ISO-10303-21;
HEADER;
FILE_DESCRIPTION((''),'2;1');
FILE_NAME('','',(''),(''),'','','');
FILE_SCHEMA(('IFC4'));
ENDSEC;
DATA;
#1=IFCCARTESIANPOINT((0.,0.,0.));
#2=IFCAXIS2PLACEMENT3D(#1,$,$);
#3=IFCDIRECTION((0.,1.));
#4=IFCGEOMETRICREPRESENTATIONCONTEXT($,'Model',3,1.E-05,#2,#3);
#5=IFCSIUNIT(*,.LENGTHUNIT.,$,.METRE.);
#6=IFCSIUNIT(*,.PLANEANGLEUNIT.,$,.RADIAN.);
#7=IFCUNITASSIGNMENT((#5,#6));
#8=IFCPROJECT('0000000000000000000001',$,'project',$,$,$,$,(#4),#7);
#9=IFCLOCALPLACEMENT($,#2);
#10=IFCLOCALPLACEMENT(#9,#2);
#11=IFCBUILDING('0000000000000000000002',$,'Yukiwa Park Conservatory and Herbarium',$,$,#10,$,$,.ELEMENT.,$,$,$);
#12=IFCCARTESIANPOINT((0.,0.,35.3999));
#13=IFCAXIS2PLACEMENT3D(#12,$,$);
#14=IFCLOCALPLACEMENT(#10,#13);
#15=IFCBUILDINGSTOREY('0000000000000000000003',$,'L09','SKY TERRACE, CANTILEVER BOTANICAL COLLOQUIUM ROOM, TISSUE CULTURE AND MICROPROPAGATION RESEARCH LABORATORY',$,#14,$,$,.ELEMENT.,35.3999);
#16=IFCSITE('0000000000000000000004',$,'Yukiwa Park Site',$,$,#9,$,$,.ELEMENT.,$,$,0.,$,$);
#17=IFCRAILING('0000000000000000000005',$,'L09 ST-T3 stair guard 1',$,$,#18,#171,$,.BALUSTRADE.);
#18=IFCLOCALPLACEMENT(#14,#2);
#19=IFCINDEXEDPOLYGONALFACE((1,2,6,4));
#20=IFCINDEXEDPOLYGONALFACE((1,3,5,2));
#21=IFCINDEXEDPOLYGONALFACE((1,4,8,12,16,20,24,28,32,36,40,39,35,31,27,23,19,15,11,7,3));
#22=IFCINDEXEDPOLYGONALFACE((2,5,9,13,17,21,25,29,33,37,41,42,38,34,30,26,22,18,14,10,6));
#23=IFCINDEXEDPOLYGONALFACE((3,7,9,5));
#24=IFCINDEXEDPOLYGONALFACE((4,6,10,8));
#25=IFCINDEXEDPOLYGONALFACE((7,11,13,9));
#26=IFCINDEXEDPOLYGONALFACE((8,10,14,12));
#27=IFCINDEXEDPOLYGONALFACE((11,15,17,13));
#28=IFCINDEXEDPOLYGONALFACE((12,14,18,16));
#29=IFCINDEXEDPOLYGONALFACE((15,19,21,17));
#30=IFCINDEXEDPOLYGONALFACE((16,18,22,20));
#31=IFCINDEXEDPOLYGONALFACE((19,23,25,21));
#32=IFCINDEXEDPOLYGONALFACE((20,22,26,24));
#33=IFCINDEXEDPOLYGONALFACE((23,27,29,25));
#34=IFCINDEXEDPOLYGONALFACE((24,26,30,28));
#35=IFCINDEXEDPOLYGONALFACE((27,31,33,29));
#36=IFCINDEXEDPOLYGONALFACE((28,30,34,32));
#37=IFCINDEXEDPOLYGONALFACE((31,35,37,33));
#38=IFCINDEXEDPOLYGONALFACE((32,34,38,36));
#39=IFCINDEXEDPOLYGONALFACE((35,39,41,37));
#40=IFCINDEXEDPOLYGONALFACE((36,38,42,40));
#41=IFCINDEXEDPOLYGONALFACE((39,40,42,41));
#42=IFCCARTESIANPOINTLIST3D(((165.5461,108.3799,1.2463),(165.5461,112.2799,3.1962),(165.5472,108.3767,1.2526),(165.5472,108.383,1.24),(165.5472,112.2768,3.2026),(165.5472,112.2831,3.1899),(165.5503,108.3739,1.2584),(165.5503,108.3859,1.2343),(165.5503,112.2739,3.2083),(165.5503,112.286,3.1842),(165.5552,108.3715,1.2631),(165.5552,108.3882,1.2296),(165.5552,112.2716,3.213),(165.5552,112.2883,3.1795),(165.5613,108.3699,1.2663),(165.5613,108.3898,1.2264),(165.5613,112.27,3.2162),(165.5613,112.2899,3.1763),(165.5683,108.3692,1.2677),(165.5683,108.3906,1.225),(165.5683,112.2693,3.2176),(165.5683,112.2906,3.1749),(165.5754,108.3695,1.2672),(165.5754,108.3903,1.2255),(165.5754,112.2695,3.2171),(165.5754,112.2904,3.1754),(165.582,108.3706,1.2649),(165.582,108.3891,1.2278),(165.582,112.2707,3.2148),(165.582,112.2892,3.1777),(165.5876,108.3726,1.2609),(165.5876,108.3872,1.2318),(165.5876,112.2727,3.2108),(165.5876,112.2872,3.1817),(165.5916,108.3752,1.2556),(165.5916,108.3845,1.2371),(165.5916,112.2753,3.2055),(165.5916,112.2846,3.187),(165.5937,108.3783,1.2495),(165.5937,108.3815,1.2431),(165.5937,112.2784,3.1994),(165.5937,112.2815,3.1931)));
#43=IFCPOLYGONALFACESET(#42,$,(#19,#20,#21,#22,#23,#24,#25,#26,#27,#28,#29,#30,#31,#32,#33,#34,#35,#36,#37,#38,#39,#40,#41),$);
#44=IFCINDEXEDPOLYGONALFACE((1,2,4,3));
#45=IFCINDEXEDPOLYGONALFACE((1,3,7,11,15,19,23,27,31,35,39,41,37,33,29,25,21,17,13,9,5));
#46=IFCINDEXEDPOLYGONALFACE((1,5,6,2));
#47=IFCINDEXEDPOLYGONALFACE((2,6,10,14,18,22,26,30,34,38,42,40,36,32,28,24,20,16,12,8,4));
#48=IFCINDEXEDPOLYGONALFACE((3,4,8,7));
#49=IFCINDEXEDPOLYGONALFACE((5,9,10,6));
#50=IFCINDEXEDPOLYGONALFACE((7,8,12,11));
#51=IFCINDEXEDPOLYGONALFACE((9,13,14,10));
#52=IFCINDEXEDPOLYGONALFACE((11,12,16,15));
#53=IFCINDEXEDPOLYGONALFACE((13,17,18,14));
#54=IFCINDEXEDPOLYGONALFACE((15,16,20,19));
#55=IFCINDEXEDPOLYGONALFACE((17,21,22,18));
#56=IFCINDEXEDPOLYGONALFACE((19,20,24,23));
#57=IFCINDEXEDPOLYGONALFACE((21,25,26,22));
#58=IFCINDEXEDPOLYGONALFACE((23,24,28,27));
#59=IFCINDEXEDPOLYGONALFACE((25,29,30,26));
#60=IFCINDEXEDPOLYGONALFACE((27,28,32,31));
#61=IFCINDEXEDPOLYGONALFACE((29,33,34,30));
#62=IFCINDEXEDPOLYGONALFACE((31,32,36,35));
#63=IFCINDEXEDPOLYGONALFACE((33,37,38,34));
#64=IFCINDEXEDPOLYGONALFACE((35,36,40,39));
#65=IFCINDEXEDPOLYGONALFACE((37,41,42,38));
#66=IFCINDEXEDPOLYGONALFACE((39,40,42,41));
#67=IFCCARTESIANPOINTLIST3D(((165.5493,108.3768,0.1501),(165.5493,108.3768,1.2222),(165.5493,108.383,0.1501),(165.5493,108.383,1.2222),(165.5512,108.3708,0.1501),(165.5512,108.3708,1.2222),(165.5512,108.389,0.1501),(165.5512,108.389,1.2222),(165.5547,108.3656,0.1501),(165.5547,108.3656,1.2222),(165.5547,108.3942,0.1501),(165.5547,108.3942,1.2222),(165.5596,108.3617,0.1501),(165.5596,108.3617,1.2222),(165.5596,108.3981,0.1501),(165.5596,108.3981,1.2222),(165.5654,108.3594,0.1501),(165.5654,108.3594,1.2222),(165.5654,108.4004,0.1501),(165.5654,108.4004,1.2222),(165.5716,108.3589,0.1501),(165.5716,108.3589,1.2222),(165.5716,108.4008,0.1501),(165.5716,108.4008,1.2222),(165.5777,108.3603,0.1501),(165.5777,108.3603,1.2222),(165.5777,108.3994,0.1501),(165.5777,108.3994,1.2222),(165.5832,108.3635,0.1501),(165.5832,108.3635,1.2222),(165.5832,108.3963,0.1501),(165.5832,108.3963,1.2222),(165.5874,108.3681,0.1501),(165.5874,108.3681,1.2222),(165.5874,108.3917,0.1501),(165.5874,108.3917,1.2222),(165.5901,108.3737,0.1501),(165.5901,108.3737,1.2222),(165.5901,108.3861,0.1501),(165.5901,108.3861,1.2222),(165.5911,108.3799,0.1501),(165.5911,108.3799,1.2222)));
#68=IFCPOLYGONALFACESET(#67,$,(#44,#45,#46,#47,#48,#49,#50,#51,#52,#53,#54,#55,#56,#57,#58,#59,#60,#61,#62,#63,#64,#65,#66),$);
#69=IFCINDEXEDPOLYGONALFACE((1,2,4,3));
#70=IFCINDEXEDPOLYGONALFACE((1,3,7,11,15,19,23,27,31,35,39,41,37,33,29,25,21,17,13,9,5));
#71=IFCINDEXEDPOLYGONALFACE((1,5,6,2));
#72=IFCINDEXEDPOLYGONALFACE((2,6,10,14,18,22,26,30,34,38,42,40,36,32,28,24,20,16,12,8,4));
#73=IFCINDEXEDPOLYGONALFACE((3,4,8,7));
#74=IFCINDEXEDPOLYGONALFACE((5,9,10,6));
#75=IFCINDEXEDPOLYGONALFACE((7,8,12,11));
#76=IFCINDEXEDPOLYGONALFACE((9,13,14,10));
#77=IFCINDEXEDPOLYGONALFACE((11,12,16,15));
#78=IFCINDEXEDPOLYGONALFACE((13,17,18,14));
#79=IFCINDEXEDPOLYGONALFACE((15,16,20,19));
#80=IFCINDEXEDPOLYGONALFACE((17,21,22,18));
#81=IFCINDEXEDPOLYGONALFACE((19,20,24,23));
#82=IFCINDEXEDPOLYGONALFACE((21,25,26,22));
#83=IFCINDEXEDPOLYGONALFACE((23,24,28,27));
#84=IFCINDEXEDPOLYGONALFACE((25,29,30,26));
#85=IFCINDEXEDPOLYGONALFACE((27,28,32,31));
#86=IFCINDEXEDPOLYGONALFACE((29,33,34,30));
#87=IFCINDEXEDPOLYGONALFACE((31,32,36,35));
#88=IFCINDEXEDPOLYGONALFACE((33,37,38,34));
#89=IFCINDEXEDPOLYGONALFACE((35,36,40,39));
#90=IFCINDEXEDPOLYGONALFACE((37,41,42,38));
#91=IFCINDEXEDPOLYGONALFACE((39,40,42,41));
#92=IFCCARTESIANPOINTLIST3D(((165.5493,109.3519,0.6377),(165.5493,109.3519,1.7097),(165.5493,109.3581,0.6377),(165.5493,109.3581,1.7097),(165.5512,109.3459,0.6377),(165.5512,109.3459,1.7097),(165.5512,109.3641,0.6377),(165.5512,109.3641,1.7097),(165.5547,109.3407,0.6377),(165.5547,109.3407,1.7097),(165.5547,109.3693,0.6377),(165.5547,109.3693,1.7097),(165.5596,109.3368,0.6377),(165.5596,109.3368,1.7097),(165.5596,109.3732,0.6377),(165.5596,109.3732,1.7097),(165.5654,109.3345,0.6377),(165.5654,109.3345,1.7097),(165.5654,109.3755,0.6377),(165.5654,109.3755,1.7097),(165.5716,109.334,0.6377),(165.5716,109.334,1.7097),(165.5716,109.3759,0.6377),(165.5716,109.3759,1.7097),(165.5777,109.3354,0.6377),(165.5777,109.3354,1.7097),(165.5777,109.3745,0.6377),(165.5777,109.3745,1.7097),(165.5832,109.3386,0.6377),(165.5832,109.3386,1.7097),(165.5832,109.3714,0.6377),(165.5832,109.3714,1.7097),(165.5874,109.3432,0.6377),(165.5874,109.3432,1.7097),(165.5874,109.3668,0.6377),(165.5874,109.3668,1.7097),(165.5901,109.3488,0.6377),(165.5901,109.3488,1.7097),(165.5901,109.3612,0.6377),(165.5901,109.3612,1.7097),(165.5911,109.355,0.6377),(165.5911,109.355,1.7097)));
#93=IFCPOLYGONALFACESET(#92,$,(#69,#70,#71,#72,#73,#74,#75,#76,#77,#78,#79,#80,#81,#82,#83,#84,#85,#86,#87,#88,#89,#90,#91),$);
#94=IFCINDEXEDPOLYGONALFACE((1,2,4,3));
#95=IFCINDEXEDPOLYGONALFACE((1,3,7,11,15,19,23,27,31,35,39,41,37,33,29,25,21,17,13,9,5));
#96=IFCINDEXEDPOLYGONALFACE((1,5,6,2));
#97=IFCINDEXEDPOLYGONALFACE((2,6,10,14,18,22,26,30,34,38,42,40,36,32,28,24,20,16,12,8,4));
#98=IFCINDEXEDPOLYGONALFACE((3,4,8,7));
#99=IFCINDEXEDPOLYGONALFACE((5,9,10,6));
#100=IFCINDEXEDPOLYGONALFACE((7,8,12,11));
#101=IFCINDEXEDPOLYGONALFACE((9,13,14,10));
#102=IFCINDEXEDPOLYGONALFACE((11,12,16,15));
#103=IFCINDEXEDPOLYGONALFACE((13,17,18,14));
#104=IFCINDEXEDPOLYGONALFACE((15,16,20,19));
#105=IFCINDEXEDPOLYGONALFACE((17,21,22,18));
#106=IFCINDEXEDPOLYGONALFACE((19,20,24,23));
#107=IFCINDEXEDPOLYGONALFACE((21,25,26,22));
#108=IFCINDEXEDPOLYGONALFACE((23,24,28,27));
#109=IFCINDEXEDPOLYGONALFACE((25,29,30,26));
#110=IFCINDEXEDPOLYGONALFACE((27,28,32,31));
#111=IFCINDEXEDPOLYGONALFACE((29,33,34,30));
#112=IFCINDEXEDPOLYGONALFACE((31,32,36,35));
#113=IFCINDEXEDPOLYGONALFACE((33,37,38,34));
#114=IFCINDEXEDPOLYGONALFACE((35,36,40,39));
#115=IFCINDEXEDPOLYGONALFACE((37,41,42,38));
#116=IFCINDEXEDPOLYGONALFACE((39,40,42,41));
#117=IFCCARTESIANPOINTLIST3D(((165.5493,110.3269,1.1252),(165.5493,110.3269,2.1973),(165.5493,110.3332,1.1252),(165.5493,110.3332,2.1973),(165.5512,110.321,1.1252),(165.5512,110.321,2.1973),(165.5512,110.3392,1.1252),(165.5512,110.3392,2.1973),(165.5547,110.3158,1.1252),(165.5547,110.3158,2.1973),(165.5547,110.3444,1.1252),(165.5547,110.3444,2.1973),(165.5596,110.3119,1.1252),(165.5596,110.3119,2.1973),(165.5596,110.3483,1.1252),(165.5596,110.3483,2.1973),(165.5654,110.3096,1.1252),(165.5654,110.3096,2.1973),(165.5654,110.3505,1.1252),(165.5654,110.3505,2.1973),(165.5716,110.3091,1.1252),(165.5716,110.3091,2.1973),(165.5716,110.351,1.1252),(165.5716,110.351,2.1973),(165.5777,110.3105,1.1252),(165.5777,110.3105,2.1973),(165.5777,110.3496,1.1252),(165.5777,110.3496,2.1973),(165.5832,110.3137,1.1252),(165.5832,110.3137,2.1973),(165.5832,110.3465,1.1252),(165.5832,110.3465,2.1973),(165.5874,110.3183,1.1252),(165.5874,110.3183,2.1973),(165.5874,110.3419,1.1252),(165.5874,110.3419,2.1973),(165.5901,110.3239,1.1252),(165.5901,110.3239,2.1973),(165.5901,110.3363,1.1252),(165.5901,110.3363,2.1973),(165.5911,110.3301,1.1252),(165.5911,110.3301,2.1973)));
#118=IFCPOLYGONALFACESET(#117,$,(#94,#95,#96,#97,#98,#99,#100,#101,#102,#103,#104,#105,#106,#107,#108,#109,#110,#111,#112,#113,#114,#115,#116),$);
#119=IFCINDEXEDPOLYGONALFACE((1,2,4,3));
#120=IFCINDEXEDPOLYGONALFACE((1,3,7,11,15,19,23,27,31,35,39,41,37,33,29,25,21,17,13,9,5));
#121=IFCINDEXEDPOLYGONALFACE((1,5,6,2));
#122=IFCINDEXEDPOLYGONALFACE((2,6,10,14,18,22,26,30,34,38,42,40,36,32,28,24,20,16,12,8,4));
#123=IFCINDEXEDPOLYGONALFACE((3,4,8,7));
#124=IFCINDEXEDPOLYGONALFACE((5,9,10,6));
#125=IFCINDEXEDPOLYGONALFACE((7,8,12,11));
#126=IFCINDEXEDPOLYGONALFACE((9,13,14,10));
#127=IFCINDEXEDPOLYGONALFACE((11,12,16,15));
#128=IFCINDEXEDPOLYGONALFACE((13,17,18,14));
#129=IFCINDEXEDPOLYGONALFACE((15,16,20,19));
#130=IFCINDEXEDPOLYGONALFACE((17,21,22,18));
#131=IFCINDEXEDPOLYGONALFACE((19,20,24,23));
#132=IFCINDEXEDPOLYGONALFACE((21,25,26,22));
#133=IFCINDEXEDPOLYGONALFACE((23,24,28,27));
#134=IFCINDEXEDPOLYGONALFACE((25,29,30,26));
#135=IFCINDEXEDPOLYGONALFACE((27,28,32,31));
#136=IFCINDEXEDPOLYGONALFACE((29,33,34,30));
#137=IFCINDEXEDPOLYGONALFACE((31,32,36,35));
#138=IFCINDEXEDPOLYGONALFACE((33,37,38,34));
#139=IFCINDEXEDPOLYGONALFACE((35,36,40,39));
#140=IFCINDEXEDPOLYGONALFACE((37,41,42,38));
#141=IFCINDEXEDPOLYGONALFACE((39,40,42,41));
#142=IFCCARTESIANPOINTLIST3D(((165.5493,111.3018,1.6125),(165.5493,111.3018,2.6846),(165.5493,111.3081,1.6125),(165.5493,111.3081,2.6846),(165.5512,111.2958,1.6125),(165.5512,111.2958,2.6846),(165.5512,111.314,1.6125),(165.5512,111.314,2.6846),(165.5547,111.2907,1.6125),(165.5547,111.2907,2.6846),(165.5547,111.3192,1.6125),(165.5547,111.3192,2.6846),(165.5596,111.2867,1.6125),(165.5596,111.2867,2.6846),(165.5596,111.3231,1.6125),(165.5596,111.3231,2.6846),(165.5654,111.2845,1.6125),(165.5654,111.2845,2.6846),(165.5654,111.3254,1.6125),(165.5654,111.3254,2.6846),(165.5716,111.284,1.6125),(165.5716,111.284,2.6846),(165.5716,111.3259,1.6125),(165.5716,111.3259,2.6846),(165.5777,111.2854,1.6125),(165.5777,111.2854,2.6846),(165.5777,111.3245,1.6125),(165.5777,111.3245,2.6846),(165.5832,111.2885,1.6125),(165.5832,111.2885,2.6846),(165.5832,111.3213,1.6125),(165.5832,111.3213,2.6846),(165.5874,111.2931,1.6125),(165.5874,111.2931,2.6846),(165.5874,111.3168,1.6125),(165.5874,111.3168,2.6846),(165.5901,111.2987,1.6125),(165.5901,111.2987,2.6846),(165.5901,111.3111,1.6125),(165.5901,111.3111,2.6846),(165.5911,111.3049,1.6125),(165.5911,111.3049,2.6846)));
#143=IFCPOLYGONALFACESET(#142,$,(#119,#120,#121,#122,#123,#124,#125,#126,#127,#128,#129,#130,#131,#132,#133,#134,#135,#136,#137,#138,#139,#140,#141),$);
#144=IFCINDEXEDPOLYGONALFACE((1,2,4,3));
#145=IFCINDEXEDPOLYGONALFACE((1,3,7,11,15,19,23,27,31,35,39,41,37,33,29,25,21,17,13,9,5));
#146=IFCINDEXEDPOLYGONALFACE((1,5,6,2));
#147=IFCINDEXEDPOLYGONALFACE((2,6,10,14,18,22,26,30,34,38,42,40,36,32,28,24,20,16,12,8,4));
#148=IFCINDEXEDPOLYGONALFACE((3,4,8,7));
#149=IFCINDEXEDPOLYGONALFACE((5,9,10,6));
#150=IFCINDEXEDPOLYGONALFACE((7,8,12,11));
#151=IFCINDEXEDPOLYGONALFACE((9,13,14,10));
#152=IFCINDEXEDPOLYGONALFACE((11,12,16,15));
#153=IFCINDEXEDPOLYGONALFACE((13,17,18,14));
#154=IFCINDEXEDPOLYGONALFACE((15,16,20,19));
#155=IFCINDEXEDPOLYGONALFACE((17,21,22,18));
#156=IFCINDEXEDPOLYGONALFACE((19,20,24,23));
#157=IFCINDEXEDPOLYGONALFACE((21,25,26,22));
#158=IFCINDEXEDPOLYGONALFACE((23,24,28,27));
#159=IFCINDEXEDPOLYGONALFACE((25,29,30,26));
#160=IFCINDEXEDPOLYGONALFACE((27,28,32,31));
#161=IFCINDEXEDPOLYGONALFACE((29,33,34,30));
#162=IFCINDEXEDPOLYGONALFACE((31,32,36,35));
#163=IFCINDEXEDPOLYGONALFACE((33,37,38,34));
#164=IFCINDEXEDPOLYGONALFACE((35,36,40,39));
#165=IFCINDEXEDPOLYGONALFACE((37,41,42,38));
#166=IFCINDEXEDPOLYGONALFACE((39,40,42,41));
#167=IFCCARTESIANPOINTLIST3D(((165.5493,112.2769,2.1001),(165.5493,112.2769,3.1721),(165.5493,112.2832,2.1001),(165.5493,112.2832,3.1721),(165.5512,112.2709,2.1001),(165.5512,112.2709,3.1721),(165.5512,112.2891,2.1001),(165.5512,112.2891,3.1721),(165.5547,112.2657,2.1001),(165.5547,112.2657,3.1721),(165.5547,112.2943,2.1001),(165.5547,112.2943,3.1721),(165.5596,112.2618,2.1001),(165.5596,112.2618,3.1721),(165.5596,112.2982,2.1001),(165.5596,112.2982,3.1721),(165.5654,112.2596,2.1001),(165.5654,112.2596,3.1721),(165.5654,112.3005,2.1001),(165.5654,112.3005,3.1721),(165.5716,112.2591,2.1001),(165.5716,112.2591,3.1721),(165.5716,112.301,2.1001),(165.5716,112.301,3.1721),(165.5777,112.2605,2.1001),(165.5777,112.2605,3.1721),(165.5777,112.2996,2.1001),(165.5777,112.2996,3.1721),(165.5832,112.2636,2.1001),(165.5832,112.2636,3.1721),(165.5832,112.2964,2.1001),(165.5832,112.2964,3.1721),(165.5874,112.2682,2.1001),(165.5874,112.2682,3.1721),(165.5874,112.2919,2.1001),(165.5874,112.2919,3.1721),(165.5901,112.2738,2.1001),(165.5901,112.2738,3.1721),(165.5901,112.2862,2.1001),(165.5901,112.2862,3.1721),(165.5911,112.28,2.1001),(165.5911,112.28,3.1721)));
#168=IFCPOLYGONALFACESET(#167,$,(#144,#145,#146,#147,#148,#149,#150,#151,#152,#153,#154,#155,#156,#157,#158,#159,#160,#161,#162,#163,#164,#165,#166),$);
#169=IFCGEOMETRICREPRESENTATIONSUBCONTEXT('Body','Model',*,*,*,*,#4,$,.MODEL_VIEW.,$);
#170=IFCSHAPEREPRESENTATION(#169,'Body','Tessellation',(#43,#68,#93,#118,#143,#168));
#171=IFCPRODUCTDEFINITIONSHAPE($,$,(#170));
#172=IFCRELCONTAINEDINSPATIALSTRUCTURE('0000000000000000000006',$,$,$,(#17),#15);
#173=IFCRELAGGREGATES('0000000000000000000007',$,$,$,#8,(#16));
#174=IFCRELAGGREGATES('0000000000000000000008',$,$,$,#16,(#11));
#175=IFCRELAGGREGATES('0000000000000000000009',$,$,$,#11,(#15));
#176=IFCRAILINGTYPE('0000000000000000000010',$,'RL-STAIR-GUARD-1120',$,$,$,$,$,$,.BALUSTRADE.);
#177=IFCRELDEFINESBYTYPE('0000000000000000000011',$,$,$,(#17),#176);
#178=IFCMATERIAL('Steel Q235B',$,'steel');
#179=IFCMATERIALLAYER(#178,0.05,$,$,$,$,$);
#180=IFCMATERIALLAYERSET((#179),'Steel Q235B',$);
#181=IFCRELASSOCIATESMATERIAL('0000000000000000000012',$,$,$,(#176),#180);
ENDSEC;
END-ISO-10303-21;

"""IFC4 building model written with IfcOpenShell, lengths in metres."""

from ifc_helpers import new_model, si_unit, direction, frame, origin, origin_2d, place, context, subcontext, project, spatial, circle, extrude, material, layer, layer_set, type_object, element, save


model = new_model("IFC4")

# Units and contexts
model_context = context("Model", 3, precision=1e-05, world=origin(), true_north=direction((0.0, 1.0)))
body_context = subcontext(model_context, "Body", "Model", "MODEL_VIEW")
ifc_project = project(units=[si_unit("LENGTHUNIT", "METRE"), si_unit("PLANEANGLEUNIT", "RADIAN")], contexts=[model_context])

# Site, building, storey
site_placement = place(None, origin())
site = spatial("IfcSite", under=ifc_project, at=site_placement, Name="Yukiwa Park Site", CompositionType="ELEMENT", RefElevation=0.0)
building_placement = place(site_placement, origin())
building = spatial("IfcBuilding", under=site, at=building_placement, Name="Yukiwa Park Conservatory and Herbarium", CompositionType="ELEMENT")
storey_placement = place(building_placement, frame((0.0, 0.0, 35.3999)))
storey = spatial("IfcBuildingStorey", under=building, at=storey_placement, Name="L09", Description="SKY TERRACE, CANTILEVER BOTANICAL COLLOQUIUM ROOM, TISSUE CULTURE AND MICROPROPAGATION RESEARCH LABORATORY", CompositionType="ELEMENT", Elevation=35.3999)

# Railing
ifc_material_1 = material(Name="Steel Q235B", Category="steel")
ifc_layer_1 = layer(ifc_material_1, 0.05)
ifc_layer_set_1 = layer_set([ifc_layer_1], Name="Steel Q235B")
railing_type_1 = type_object("IfcRailingType", Name="RL-STAIR-GUARD-1120", PredefinedType="BALUSTRADE", material=ifc_layer_set_1)
railing_1_placement = place(storey_placement, frame((165.5701, 108.3799, 0.1501)))
element("IfcRailing", 1, at=railing_1_placement, inside=storey, type_object=railing_type_1, Name="L09 ST-T3 stair guard 1", PredefinedType="BALUSTRADE", context=body_context, shape_type="SweptSolid", body=[
    extrude(circle(Radius=0.0239, at=origin_2d()), frame((0.0, 0.0, 1.0962), z_axis=(0.0, 0.894438, 0.447191), x_axis=(-1.0, 0.0, 0.0)), (0.0, 0.0, 1.0), 4.3604),
    extrude(circle(Radius=0.021, at=origin_2d()), origin(), (0.0, 0.0, 1.0), 1.072),
    extrude(circle(Radius=0.021, at=origin_2d()), frame((0.0, 0.9751, 0.4875)), (0.0, 0.0, 1.0), 1.072),
    extrude(circle(Radius=0.021, at=origin_2d()), frame((0.0, 1.9502, 0.9751)), (0.0, 0.0, 1.0), 1.072),
    extrude(circle(Radius=0.021, at=origin_2d()), frame((0.0, 2.925, 1.4624)), (0.0, 0.0, 1.0), 1.072),
    extrude(circle(Radius=0.021, at=origin_2d()), frame((0.0, 3.9001, 1.95)), (0.0, 0.0, 1.0), 1.072),
])

save(model, "model.ifc")
